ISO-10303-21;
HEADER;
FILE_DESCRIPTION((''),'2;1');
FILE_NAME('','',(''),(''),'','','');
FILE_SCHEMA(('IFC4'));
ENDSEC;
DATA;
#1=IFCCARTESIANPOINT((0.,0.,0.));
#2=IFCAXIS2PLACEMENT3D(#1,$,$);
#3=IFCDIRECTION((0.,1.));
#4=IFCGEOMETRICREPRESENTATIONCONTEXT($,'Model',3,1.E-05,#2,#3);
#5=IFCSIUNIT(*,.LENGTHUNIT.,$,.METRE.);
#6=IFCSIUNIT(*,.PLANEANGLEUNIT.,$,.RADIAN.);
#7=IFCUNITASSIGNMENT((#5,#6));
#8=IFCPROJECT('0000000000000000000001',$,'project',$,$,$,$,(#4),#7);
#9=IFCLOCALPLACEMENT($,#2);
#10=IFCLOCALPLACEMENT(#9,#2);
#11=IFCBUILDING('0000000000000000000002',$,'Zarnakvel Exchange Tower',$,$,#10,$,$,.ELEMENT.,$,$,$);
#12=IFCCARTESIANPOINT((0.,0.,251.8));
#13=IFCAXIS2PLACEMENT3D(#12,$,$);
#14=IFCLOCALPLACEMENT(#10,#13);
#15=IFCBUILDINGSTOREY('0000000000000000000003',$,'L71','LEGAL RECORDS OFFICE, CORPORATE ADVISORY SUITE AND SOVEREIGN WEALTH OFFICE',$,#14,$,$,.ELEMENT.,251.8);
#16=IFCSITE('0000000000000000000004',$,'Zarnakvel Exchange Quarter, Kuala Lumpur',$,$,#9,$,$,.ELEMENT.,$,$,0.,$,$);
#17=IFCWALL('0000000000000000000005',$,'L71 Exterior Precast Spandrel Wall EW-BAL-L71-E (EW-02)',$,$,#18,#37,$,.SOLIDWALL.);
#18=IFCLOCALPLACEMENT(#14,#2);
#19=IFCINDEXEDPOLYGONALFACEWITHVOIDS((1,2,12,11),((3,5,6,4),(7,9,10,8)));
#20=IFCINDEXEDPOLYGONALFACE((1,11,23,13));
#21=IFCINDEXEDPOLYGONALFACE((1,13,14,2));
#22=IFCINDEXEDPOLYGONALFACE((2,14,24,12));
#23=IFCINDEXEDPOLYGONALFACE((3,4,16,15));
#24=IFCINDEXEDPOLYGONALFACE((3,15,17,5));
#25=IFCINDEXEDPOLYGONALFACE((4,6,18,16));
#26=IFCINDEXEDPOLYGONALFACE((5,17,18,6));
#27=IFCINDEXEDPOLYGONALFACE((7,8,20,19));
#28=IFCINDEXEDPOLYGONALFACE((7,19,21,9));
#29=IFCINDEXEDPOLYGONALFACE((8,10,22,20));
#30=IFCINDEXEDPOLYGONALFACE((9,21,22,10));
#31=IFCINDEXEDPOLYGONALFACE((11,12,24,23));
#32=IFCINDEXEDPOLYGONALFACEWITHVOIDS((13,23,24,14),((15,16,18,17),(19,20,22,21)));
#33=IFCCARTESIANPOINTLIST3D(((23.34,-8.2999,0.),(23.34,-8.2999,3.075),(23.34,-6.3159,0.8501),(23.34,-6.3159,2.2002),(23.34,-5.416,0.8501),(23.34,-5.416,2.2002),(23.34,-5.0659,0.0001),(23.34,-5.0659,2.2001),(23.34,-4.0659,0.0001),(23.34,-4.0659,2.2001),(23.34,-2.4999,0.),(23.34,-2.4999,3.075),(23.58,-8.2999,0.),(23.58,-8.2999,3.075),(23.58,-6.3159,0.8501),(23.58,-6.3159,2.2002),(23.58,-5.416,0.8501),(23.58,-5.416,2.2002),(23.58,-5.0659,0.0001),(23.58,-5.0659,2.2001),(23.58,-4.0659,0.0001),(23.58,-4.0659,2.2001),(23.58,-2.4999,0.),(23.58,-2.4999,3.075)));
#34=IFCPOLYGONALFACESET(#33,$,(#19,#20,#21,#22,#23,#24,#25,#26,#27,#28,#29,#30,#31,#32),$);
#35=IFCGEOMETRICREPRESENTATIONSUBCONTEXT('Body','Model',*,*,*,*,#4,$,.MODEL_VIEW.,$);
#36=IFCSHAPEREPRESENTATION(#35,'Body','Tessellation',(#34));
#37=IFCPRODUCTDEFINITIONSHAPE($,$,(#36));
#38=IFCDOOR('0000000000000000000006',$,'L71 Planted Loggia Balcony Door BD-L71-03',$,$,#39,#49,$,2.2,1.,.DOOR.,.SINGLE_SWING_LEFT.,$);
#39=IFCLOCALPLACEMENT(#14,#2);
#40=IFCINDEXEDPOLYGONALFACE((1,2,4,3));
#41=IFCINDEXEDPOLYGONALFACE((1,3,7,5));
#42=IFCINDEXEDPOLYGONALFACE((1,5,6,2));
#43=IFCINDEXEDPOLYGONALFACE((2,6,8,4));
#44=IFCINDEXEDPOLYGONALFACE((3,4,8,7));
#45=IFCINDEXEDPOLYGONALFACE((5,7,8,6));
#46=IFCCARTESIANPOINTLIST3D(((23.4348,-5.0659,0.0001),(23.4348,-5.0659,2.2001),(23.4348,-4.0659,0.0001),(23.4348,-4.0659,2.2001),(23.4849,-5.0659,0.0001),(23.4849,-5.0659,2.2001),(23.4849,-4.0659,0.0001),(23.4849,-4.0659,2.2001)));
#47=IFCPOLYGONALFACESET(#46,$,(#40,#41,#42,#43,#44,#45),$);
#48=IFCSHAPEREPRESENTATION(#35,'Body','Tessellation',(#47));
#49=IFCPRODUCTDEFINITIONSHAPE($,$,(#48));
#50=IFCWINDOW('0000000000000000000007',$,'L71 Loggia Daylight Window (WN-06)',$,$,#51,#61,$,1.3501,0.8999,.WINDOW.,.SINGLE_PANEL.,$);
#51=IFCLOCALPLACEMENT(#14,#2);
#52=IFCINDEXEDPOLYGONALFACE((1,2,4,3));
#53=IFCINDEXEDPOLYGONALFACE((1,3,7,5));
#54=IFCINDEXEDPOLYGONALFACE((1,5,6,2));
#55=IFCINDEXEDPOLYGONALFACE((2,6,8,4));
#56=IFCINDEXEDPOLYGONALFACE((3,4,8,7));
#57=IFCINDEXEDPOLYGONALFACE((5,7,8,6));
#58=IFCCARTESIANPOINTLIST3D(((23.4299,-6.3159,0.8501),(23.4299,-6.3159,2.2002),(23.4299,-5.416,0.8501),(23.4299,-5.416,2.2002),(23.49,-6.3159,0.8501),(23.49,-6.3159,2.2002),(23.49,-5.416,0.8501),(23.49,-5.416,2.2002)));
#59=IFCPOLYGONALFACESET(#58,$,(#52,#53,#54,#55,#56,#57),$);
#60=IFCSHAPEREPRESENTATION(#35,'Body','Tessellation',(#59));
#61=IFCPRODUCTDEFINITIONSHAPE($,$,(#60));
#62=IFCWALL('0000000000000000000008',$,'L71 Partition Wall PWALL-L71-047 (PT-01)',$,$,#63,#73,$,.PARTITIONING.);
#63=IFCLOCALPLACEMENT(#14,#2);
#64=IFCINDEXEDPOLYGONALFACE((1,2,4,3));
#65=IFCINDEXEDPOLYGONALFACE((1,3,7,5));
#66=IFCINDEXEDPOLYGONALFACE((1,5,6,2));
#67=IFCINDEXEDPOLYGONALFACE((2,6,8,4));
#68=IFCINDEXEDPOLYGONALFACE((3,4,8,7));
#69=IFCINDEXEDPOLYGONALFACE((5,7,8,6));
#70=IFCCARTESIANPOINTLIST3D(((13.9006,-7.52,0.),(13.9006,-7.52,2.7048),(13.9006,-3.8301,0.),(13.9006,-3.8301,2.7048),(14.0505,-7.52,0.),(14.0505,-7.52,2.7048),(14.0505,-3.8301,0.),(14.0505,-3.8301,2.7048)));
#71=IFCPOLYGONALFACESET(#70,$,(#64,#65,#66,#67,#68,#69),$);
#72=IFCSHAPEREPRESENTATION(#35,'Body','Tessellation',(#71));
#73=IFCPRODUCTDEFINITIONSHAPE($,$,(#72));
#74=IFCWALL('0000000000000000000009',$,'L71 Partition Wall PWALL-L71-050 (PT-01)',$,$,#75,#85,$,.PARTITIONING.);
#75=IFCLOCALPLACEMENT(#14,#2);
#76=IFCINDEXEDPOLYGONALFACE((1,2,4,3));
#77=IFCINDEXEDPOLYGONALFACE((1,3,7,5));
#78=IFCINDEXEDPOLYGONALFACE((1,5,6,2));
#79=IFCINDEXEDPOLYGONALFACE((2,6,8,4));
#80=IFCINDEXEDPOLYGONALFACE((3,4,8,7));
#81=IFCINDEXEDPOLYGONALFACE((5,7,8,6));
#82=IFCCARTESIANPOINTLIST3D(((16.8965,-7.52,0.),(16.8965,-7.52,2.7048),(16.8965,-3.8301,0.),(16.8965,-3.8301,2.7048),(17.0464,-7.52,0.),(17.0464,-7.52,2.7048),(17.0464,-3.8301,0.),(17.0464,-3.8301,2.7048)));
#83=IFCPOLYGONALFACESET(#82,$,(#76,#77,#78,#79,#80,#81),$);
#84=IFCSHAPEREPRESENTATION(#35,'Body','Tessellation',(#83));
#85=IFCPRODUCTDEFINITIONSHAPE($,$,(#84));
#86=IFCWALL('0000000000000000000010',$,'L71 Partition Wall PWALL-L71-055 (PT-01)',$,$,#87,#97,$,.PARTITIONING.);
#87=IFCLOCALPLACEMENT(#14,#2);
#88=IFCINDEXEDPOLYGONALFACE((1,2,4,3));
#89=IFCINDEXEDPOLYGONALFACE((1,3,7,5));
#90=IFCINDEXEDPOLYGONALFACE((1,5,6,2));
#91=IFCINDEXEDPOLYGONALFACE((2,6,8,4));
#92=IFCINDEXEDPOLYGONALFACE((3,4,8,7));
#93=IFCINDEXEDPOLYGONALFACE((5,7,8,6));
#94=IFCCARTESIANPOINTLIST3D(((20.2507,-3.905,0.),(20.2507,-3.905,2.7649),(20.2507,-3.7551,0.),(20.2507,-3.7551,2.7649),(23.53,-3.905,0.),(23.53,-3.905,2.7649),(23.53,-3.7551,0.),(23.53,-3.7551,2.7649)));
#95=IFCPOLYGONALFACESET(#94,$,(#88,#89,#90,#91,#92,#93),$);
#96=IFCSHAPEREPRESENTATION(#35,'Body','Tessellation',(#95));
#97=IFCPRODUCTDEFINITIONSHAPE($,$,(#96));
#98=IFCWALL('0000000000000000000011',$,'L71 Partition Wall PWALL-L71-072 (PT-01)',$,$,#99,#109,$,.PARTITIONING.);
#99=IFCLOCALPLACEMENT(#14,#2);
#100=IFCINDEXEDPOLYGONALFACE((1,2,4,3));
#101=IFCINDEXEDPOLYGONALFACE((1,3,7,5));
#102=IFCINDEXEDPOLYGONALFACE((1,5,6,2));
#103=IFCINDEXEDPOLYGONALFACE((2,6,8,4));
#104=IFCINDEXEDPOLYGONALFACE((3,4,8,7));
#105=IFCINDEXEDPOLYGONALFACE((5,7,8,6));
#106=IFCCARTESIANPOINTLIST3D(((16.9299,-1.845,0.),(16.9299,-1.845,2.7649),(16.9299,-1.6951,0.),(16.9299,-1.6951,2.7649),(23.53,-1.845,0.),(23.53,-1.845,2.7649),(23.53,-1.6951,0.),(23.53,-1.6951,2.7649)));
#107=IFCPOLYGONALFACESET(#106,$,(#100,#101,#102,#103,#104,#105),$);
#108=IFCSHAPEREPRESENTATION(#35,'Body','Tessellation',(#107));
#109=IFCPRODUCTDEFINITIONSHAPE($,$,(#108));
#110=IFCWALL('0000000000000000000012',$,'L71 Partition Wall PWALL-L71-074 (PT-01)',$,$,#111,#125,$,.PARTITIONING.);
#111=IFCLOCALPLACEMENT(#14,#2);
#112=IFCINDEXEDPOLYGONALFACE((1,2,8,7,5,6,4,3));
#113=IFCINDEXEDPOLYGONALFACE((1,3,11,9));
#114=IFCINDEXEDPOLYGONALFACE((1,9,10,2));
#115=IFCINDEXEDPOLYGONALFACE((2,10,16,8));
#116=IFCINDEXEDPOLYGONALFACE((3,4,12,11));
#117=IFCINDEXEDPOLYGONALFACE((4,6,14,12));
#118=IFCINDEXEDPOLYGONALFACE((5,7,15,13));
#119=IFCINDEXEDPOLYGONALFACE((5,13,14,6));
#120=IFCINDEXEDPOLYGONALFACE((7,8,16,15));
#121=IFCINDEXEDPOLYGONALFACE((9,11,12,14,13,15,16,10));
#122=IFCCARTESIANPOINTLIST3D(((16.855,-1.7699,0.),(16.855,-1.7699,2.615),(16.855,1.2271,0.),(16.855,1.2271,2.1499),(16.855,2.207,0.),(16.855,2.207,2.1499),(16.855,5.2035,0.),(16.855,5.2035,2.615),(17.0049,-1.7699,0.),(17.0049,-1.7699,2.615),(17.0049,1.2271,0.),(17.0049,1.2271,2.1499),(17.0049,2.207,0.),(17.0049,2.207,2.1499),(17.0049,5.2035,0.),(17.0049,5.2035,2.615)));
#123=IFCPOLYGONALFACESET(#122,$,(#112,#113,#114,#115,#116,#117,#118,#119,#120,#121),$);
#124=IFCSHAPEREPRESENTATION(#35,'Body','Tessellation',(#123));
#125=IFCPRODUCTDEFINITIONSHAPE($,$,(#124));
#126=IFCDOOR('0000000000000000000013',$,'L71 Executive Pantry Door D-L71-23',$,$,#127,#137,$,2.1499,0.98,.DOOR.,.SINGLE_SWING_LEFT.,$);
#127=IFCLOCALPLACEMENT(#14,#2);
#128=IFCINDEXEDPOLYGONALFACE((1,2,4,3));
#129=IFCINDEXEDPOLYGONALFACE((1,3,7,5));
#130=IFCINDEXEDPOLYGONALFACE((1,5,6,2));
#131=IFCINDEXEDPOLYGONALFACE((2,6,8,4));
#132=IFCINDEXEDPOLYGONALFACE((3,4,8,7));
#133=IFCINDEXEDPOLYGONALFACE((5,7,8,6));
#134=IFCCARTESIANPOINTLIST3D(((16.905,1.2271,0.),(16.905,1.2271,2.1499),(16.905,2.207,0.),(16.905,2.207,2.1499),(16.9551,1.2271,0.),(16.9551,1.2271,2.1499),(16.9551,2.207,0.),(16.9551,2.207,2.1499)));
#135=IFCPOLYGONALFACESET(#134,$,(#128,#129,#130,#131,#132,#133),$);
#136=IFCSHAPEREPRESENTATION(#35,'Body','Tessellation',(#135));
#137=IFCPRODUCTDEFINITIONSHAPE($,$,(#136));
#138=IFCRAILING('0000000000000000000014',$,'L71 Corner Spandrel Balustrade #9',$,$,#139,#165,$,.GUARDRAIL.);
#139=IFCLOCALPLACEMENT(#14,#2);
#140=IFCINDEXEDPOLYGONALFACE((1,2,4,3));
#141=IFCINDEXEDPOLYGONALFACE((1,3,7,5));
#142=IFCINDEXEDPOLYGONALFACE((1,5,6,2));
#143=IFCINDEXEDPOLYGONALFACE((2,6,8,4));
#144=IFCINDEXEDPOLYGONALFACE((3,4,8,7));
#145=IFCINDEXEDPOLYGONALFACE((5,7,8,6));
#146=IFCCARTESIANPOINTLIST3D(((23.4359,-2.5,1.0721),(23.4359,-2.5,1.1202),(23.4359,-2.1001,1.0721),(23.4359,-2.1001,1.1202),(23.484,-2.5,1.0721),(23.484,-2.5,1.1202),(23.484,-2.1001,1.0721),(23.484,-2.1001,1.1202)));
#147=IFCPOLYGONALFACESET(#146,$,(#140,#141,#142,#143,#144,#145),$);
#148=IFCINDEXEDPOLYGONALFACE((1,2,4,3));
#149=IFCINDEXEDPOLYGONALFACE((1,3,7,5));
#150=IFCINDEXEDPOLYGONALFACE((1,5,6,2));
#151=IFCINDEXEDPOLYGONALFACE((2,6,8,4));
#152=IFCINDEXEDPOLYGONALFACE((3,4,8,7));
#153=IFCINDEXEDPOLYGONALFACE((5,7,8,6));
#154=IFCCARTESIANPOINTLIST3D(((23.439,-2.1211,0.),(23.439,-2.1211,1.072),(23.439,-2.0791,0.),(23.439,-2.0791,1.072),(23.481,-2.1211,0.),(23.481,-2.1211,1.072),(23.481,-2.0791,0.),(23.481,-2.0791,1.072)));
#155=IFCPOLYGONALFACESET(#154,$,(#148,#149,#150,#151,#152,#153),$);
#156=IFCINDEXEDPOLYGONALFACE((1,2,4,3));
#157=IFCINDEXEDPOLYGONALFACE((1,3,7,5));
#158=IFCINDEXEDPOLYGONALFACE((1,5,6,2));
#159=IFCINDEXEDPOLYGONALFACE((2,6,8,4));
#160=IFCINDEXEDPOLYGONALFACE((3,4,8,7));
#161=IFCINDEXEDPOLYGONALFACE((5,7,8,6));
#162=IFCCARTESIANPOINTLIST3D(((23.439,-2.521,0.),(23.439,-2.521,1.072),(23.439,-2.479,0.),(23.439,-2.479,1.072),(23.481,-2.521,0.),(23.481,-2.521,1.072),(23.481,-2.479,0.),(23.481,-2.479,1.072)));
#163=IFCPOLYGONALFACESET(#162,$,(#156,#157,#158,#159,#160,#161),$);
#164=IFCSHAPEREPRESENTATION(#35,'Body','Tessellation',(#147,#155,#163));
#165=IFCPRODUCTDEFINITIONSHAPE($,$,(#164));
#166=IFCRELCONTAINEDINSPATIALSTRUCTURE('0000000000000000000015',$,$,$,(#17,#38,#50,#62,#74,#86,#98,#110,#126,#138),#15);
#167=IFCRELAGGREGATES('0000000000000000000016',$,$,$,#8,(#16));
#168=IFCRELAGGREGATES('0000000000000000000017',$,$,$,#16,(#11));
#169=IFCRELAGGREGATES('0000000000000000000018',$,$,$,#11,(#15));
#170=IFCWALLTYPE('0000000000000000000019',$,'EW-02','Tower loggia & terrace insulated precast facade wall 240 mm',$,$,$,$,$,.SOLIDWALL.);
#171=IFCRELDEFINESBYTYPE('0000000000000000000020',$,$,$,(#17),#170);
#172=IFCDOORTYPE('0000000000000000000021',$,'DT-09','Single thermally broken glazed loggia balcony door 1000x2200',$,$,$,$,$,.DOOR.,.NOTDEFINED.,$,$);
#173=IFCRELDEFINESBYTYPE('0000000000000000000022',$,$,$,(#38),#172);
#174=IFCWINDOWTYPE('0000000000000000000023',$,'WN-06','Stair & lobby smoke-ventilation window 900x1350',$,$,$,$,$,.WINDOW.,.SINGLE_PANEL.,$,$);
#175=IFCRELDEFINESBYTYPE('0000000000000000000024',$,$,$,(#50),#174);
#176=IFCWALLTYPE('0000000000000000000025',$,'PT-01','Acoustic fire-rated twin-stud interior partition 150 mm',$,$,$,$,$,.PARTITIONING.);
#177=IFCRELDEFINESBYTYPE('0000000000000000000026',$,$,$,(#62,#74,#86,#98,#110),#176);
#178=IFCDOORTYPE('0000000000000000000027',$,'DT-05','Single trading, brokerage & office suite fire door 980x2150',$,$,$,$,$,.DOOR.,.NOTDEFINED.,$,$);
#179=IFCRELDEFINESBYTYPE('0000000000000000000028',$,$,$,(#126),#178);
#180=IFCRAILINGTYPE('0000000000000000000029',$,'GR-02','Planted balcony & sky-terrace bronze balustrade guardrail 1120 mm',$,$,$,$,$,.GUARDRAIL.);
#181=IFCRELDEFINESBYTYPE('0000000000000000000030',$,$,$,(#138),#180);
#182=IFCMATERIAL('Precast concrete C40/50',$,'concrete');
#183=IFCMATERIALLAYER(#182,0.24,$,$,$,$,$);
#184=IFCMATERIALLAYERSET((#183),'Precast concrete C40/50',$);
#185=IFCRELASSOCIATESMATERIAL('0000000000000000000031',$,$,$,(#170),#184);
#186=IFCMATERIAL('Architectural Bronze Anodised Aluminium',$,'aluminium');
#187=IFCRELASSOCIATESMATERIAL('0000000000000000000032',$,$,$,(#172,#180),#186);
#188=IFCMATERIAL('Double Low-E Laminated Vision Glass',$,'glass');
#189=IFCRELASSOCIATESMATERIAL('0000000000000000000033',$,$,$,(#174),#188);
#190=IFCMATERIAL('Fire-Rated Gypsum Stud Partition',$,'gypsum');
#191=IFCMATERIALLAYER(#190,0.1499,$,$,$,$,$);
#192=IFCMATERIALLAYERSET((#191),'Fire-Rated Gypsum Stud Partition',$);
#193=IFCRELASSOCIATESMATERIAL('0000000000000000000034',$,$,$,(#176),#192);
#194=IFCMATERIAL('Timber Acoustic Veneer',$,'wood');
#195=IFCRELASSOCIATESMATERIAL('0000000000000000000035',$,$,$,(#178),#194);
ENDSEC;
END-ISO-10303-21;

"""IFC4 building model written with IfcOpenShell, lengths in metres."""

from ifc_helpers import new_model, si_unit, direction, frame, frame_2d, origin, origin_2d, place, context, subcontext, project, spatial, rectangle, extrude, source, transform, mapped, material, layer, layer_set, type_object, element, fill, save


model = new_model("IFC4")

# Units and contexts
model_context = context("Model", 3, precision=1e-05, world=origin(), true_north=direction((0.0, 1.0)))
body_context = subcontext(model_context, "Body", "Model", "MODEL_VIEW")
ifc_project = project(units=[si_unit("LENGTHUNIT", "METRE"), si_unit("PLANEANGLEUNIT", "RADIAN")], contexts=[model_context])

# Site, building, storey
site_placement = place(None, origin())
site = spatial("IfcSite", under=ifc_project, at=site_placement, Name="Zarnakvel Exchange Quarter, Kuala Lumpur", CompositionType="ELEMENT", RefElevation=0.0)
building_placement = place(site_placement, origin())
building = spatial("IfcBuilding", under=site, at=building_placement, Name="Zarnakvel Exchange Tower", CompositionType="ELEMENT")
storey_placement = place(building_placement, frame((0.0, 0.0, 251.8)))
storey = spatial("IfcBuildingStorey", under=building, at=storey_placement, Name="L71", Description="LEGAL RECORDS OFFICE, CORPORATE ADVISORY SUITE AND SOVEREIGN WEALTH OFFICE", CompositionType="ELEMENT", Elevation=251.8)

# Shared definitions
ifc_material_1 = material(Name="Architectural Bronze Anodised Aluminium", Category="aluminium")

# Wall, openings, door, window
ifc_material_2 = material(Name="Precast concrete C40/50", Category="concrete")
ifc_layer_1 = layer(ifc_material_2, 0.24)
ifc_layer_set_1 = layer_set([ifc_layer_1], Name="Precast concrete C40/50")
wall_type_1 = type_object("IfcWallType", Name="EW-02", Description="Tower loggia & terrace insulated precast facade wall 240 mm", PredefinedType="SOLIDWALL", material=ifc_layer_set_1)
wall_1_placement = place(storey_placement, frame((23.46, -2.5, 0.0), z_axis=(0.0, 0.0, 1.0), x_axis=(0.0, -1.0, 0.0)))
wall_1 = element("IfcWall", 1, at=wall_1_placement, inside=storey, type_object=wall_type_1, Name="L71 Exterior Precast Spandrel Wall EW-BAL-L71-E (EW-02)", PredefinedType="SOLIDWALL", context=body_context, shape_type="SweptSolid", body=[
    extrude(rectangle(XDim=5.8, YDim=0.24, at=frame_2d((2.8999, 0.0))), origin(), (0.0, 0.0, 1.0), 3.075),
])
opening_1_placement = place(wall_1_placement, frame((1.5659, 0.0, 0.0)))
opening_1 = element("IfcOpeningElement", 2, at=opening_1_placement, cuts=wall_1, PredefinedType="OPENING", context=body_context, shape_type="SweptSolid", body=[
    extrude(rectangle(XDim=1.0, YDim=2.2, at=frame_2d((0.5, 1.1001))), frame((0.0, 0.1299, 0.0), z_axis=(0.0, -1.0, 0.0), x_axis=(1.0, 0.0, 0.0)), (0.0, 0.0, 1.0), 0.26),
])
opening_2_placement = place(wall_1_placement, frame((2.916, 0.0, 0.8501)))
opening_2 = element("IfcOpeningElement", 3, at=opening_2_placement, cuts=wall_1, PredefinedType="OPENING", context=body_context, shape_type="SweptSolid", body=[
    extrude(rectangle(XDim=0.8999, YDim=1.3501, at=frame_2d((0.45, 0.675))), frame((0.0, 0.1299, 0.0), z_axis=(0.0, -1.0, 0.0), x_axis=(1.0, 0.0, 0.0)), (0.0, 0.0, 1.0), 0.26),
])
door_type_1 = type_object("IfcDoorType", Name="DT-09", Description="Single thermally broken glazed loggia balcony door 1000x2200", OperationType="NOTDEFINED", PredefinedType="DOOR", material=ifc_material_1)
shared_shape_1 = source(origin(), body_context, "Body", "SweptSolid", [
    extrude(rectangle(XDim=1.0, YDim=2.2, at=frame_2d((0.5, 1.1001))), frame((0.0, 0.0249, 0.0), z_axis=(0.0, -1.0, 0.0), x_axis=(1.0, 0.0, 0.0)), (0.0, 0.0, 1.0), 0.05),
])
door_1_placement = place(opening_1_placement, origin())
door_1 = element("IfcDoor", 4, at=door_1_placement, inside=storey, type_object=door_type_1, Name="L71 Planted Loggia Balcony Door BD-L71-03", OperationType="SINGLE_SWING_LEFT", OverallHeight=2.2, OverallWidth=1.0, PredefinedType="DOOR", context=body_context, shape_type="MappedRepresentation", body=[
    mapped(shared_shape_1, transform((0.0, 0.0, 0.0), x_axis=(1.0, 0.0, 0.0), y_axis=(0.0, 1.0, 0.0), z_axis=(0.0, 0.0, 1.0), scale=1.0)),
])
fill(opening_1, door_1)
ifc_material_3 = material(Name="Double Low-E Laminated Vision Glass", Category="glass")
window_type = type_object("IfcWindowType", Name="WN-06", Description="Stair & lobby smoke-ventilation window 900x1350", PartitioningType="SINGLE_PANEL", PredefinedType="WINDOW", material=ifc_material_3)
shared_shape_2 = source(origin(), body_context, "Body", "SweptSolid", [
    extrude(rectangle(XDim=0.8999, YDim=1.3501, at=frame_2d((0.45, 0.675))), frame((0.0, 0.03, 0.0), z_axis=(0.0, -1.0, 0.0), x_axis=(1.0, 0.0, 0.0)), (0.0, 0.0, 1.0), 0.0601),
])
window_placement = place(opening_2_placement, origin())
window = element("IfcWindow", 5, at=window_placement, inside=storey, type_object=window_type, Name="L71 Loggia Daylight Window (WN-06)", OverallHeight=1.3501, OverallWidth=0.8999, PartitioningType="SINGLE_PANEL", PredefinedType="WINDOW", context=body_context, shape_type="MappedRepresentation", body=[
    mapped(shared_shape_2, transform((0.0, 0.0, 0.0), x_axis=(1.0, 0.0, 0.0), y_axis=(0.0, 1.0, 0.0), z_axis=(0.0, 0.0, 1.0), scale=1.0)),
])
fill(opening_2, window)

# Wall
ifc_material_4 = material(Name="Fire-Rated Gypsum Stud Partition", Category="gypsum")
ifc_layer_2 = layer(ifc_material_4, 0.1499)
ifc_layer_set_2 = layer_set([ifc_layer_2], Name="Fire-Rated Gypsum Stud Partition")
wall_type_2 = type_object("IfcWallType", Name="PT-01", Description="Acoustic fire-rated twin-stud interior partition 150 mm", PredefinedType="PARTITIONING", material=ifc_layer_set_2)
wall_2_placement = place(storey_placement, frame((13.9756, -3.8301, 0.0), z_axis=(0.0, 0.0, 1.0), x_axis=(0.0, -1.0, 0.0)))
element("IfcWall", 6, at=wall_2_placement, inside=storey, type_object=wall_type_2, Name="L71 Partition Wall PWALL-L71-047 (PT-01)", PredefinedType="PARTITIONING", context=body_context, shape_type="SweptSolid", body=[
    extrude(rectangle(XDim=3.6899, YDim=0.1499, at=frame_2d((1.845, 0.0))), origin(), (0.0, 0.0, 1.0), 2.7048),
])

# Shared definitions
ifc_material_5 = material(Name="Timber Acoustic Veneer", Category="wood")
door_type_2 = type_object("IfcDoorType", Name="DT-05", Description="Single trading, brokerage & office suite fire door 980x2150", OperationType="NOTDEFINED", PredefinedType="DOOR", material=ifc_material_5)
shared_shape_3 = source(origin(), body_context, "Body", "SweptSolid", [
    extrude(rectangle(XDim=0.98, YDim=2.1499, at=frame_2d((0.49, 1.075))), frame((0.0, 0.0249, 0.0), z_axis=(0.0, -1.0, 0.0), x_axis=(1.0, 0.0, 0.0)), (0.0, 0.0, 1.0), 0.05),
])

# Wall
wall_3_placement = place(storey_placement, frame((16.9714, -3.8301, 0.0), z_axis=(0.0, 0.0, 1.0), x_axis=(0.0, -1.0, 0.0)))
element("IfcWall", 7, at=wall_3_placement, inside=storey, type_object=wall_type_2, Name="L71 Partition Wall PWALL-L71-050 (PT-01)", PredefinedType="PARTITIONING", context=body_context, shape_type="SweptSolid", body=[
    extrude(rectangle(XDim=3.6899, YDim=0.1499, at=frame_2d((1.845, 0.0))), origin(), (0.0, 0.0, 1.0), 2.7048),
])

# Walls
wall_4_placement = place(storey_placement, frame((20.2507, -3.8301, 0.0), z_axis=(0.0, 0.0, 1.0), x_axis=(1.0, 0.0, 0.0)))
element("IfcWall", 8, at=wall_4_placement, inside=storey, type_object=wall_type_2, Name="L71 Partition Wall PWALL-L71-055 (PT-01)", PredefinedType="PARTITIONING", context=body_context, shape_type="SweptSolid", body=[
    extrude(rectangle(XDim=3.2793, YDim=0.1499, at=frame_2d((1.6396, 0.0))), origin(), (0.0, 0.0, 1.0), 2.7649),
])
wall_5_placement = place(storey_placement, frame((23.53, -1.77, 0.0), z_axis=(0.0, 0.0, 1.0), x_axis=(-1.0, 0.0, 0.0)))
element("IfcWall", 9, at=wall_5_placement, inside=storey, type_object=wall_type_2, Name="L71 Partition Wall PWALL-L71-072 (PT-01)", PredefinedType="PARTITIONING", context=body_context, shape_type="SweptSolid", body=[
    extrude(rectangle(XDim=6.6001, YDim=0.1499, at=frame_2d((3.3, 0.0))), origin(), (0.0, 0.0, 1.0), 2.7649),
])

# Wall, opening, door
wall_6_placement = place(storey_placement, frame((16.9299, -1.77, 0.0), z_axis=(0.0, 0.0, 1.0), x_axis=(0.0, 1.0, 0.0)))
wall_6 = element("IfcWall", 10, at=wall_6_placement, inside=storey, type_object=wall_type_2, Name="L71 Partition Wall PWALL-L71-074 (PT-01)", PredefinedType="PARTITIONING", context=body_context, shape_type="SweptSolid", body=[
    extrude(rectangle(XDim=6.9734, YDim=0.1499, at=frame_2d((3.4868, 0.0))), origin(), (0.0, 0.0, 1.0), 2.615),
])
opening_3_placement = place(wall_6_placement, frame((2.9971, 0.0, 0.0)))
opening_3 = element("IfcOpeningElement", 11, at=opening_3_placement, cuts=wall_6, PredefinedType="OPENING", context=body_context, shape_type="SweptSolid", body=[
    extrude(rectangle(XDim=0.98, YDim=2.1499, at=frame_2d((0.49, 1.075))), frame((0.0, 0.085, 0.0), z_axis=(0.0, -1.0, 0.0), x_axis=(1.0, 0.0, 0.0)), (0.0, 0.0, 1.0), 0.1699),
])
door_2_placement = place(opening_3_placement, origin())
door_2 = element("IfcDoor", 12, at=door_2_placement, inside=storey, type_object=door_type_2, Name="L71 Executive Pantry Door D-L71-23", OperationType="SINGLE_SWING_LEFT", OverallHeight=2.1499, OverallWidth=0.98, PredefinedType="DOOR", context=body_context, shape_type="MappedRepresentation", body=[
    mapped(shared_shape_3, transform((0.0, 0.0, 0.0), x_axis=(1.0, 0.0, 0.0), y_axis=(0.0, 1.0, 0.0), z_axis=(0.0, 0.0, 1.0), scale=1.0)),
])
fill(opening_3, door_2)

# Railing
railing_type = type_object("IfcRailingType", Name="GR-02", Description="Planted balcony & sky-terrace bronze balustrade guardrail 1120 mm", PredefinedType="GUARDRAIL", material=ifc_material_1)
railing_placement = place(storey_placement, frame((23.46, -2.1001, 0.0)))
element("IfcRailing", 13, at=railing_placement, inside=storey, type_object=railing_type, Name="L71 Corner Spandrel Balustrade #9", PredefinedType="GUARDRAIL", context=body_context, shape_type="SweptSolid", body=[
    extrude(rectangle(XDim=0.0481, YDim=0.0481, at=origin_2d()), frame((0.0, 0.0, 1.0962), z_axis=(0.0, -1.0, 0.0), x_axis=(1.0, 0.0, 0.0)), (0.0, 0.0, 1.0), 0.3999),
    extrude(rectangle(XDim=0.042, YDim=0.042, at=origin_2d()), origin(), (0.0, 0.0, 1.0), 1.072),
    extrude(rectangle(XDim=0.042, YDim=0.042, at=origin_2d()), frame((0.0, -0.3999, 0.0)), (0.0, 0.0, 1.0), 1.072),
])

save(model, "model.ifc")
